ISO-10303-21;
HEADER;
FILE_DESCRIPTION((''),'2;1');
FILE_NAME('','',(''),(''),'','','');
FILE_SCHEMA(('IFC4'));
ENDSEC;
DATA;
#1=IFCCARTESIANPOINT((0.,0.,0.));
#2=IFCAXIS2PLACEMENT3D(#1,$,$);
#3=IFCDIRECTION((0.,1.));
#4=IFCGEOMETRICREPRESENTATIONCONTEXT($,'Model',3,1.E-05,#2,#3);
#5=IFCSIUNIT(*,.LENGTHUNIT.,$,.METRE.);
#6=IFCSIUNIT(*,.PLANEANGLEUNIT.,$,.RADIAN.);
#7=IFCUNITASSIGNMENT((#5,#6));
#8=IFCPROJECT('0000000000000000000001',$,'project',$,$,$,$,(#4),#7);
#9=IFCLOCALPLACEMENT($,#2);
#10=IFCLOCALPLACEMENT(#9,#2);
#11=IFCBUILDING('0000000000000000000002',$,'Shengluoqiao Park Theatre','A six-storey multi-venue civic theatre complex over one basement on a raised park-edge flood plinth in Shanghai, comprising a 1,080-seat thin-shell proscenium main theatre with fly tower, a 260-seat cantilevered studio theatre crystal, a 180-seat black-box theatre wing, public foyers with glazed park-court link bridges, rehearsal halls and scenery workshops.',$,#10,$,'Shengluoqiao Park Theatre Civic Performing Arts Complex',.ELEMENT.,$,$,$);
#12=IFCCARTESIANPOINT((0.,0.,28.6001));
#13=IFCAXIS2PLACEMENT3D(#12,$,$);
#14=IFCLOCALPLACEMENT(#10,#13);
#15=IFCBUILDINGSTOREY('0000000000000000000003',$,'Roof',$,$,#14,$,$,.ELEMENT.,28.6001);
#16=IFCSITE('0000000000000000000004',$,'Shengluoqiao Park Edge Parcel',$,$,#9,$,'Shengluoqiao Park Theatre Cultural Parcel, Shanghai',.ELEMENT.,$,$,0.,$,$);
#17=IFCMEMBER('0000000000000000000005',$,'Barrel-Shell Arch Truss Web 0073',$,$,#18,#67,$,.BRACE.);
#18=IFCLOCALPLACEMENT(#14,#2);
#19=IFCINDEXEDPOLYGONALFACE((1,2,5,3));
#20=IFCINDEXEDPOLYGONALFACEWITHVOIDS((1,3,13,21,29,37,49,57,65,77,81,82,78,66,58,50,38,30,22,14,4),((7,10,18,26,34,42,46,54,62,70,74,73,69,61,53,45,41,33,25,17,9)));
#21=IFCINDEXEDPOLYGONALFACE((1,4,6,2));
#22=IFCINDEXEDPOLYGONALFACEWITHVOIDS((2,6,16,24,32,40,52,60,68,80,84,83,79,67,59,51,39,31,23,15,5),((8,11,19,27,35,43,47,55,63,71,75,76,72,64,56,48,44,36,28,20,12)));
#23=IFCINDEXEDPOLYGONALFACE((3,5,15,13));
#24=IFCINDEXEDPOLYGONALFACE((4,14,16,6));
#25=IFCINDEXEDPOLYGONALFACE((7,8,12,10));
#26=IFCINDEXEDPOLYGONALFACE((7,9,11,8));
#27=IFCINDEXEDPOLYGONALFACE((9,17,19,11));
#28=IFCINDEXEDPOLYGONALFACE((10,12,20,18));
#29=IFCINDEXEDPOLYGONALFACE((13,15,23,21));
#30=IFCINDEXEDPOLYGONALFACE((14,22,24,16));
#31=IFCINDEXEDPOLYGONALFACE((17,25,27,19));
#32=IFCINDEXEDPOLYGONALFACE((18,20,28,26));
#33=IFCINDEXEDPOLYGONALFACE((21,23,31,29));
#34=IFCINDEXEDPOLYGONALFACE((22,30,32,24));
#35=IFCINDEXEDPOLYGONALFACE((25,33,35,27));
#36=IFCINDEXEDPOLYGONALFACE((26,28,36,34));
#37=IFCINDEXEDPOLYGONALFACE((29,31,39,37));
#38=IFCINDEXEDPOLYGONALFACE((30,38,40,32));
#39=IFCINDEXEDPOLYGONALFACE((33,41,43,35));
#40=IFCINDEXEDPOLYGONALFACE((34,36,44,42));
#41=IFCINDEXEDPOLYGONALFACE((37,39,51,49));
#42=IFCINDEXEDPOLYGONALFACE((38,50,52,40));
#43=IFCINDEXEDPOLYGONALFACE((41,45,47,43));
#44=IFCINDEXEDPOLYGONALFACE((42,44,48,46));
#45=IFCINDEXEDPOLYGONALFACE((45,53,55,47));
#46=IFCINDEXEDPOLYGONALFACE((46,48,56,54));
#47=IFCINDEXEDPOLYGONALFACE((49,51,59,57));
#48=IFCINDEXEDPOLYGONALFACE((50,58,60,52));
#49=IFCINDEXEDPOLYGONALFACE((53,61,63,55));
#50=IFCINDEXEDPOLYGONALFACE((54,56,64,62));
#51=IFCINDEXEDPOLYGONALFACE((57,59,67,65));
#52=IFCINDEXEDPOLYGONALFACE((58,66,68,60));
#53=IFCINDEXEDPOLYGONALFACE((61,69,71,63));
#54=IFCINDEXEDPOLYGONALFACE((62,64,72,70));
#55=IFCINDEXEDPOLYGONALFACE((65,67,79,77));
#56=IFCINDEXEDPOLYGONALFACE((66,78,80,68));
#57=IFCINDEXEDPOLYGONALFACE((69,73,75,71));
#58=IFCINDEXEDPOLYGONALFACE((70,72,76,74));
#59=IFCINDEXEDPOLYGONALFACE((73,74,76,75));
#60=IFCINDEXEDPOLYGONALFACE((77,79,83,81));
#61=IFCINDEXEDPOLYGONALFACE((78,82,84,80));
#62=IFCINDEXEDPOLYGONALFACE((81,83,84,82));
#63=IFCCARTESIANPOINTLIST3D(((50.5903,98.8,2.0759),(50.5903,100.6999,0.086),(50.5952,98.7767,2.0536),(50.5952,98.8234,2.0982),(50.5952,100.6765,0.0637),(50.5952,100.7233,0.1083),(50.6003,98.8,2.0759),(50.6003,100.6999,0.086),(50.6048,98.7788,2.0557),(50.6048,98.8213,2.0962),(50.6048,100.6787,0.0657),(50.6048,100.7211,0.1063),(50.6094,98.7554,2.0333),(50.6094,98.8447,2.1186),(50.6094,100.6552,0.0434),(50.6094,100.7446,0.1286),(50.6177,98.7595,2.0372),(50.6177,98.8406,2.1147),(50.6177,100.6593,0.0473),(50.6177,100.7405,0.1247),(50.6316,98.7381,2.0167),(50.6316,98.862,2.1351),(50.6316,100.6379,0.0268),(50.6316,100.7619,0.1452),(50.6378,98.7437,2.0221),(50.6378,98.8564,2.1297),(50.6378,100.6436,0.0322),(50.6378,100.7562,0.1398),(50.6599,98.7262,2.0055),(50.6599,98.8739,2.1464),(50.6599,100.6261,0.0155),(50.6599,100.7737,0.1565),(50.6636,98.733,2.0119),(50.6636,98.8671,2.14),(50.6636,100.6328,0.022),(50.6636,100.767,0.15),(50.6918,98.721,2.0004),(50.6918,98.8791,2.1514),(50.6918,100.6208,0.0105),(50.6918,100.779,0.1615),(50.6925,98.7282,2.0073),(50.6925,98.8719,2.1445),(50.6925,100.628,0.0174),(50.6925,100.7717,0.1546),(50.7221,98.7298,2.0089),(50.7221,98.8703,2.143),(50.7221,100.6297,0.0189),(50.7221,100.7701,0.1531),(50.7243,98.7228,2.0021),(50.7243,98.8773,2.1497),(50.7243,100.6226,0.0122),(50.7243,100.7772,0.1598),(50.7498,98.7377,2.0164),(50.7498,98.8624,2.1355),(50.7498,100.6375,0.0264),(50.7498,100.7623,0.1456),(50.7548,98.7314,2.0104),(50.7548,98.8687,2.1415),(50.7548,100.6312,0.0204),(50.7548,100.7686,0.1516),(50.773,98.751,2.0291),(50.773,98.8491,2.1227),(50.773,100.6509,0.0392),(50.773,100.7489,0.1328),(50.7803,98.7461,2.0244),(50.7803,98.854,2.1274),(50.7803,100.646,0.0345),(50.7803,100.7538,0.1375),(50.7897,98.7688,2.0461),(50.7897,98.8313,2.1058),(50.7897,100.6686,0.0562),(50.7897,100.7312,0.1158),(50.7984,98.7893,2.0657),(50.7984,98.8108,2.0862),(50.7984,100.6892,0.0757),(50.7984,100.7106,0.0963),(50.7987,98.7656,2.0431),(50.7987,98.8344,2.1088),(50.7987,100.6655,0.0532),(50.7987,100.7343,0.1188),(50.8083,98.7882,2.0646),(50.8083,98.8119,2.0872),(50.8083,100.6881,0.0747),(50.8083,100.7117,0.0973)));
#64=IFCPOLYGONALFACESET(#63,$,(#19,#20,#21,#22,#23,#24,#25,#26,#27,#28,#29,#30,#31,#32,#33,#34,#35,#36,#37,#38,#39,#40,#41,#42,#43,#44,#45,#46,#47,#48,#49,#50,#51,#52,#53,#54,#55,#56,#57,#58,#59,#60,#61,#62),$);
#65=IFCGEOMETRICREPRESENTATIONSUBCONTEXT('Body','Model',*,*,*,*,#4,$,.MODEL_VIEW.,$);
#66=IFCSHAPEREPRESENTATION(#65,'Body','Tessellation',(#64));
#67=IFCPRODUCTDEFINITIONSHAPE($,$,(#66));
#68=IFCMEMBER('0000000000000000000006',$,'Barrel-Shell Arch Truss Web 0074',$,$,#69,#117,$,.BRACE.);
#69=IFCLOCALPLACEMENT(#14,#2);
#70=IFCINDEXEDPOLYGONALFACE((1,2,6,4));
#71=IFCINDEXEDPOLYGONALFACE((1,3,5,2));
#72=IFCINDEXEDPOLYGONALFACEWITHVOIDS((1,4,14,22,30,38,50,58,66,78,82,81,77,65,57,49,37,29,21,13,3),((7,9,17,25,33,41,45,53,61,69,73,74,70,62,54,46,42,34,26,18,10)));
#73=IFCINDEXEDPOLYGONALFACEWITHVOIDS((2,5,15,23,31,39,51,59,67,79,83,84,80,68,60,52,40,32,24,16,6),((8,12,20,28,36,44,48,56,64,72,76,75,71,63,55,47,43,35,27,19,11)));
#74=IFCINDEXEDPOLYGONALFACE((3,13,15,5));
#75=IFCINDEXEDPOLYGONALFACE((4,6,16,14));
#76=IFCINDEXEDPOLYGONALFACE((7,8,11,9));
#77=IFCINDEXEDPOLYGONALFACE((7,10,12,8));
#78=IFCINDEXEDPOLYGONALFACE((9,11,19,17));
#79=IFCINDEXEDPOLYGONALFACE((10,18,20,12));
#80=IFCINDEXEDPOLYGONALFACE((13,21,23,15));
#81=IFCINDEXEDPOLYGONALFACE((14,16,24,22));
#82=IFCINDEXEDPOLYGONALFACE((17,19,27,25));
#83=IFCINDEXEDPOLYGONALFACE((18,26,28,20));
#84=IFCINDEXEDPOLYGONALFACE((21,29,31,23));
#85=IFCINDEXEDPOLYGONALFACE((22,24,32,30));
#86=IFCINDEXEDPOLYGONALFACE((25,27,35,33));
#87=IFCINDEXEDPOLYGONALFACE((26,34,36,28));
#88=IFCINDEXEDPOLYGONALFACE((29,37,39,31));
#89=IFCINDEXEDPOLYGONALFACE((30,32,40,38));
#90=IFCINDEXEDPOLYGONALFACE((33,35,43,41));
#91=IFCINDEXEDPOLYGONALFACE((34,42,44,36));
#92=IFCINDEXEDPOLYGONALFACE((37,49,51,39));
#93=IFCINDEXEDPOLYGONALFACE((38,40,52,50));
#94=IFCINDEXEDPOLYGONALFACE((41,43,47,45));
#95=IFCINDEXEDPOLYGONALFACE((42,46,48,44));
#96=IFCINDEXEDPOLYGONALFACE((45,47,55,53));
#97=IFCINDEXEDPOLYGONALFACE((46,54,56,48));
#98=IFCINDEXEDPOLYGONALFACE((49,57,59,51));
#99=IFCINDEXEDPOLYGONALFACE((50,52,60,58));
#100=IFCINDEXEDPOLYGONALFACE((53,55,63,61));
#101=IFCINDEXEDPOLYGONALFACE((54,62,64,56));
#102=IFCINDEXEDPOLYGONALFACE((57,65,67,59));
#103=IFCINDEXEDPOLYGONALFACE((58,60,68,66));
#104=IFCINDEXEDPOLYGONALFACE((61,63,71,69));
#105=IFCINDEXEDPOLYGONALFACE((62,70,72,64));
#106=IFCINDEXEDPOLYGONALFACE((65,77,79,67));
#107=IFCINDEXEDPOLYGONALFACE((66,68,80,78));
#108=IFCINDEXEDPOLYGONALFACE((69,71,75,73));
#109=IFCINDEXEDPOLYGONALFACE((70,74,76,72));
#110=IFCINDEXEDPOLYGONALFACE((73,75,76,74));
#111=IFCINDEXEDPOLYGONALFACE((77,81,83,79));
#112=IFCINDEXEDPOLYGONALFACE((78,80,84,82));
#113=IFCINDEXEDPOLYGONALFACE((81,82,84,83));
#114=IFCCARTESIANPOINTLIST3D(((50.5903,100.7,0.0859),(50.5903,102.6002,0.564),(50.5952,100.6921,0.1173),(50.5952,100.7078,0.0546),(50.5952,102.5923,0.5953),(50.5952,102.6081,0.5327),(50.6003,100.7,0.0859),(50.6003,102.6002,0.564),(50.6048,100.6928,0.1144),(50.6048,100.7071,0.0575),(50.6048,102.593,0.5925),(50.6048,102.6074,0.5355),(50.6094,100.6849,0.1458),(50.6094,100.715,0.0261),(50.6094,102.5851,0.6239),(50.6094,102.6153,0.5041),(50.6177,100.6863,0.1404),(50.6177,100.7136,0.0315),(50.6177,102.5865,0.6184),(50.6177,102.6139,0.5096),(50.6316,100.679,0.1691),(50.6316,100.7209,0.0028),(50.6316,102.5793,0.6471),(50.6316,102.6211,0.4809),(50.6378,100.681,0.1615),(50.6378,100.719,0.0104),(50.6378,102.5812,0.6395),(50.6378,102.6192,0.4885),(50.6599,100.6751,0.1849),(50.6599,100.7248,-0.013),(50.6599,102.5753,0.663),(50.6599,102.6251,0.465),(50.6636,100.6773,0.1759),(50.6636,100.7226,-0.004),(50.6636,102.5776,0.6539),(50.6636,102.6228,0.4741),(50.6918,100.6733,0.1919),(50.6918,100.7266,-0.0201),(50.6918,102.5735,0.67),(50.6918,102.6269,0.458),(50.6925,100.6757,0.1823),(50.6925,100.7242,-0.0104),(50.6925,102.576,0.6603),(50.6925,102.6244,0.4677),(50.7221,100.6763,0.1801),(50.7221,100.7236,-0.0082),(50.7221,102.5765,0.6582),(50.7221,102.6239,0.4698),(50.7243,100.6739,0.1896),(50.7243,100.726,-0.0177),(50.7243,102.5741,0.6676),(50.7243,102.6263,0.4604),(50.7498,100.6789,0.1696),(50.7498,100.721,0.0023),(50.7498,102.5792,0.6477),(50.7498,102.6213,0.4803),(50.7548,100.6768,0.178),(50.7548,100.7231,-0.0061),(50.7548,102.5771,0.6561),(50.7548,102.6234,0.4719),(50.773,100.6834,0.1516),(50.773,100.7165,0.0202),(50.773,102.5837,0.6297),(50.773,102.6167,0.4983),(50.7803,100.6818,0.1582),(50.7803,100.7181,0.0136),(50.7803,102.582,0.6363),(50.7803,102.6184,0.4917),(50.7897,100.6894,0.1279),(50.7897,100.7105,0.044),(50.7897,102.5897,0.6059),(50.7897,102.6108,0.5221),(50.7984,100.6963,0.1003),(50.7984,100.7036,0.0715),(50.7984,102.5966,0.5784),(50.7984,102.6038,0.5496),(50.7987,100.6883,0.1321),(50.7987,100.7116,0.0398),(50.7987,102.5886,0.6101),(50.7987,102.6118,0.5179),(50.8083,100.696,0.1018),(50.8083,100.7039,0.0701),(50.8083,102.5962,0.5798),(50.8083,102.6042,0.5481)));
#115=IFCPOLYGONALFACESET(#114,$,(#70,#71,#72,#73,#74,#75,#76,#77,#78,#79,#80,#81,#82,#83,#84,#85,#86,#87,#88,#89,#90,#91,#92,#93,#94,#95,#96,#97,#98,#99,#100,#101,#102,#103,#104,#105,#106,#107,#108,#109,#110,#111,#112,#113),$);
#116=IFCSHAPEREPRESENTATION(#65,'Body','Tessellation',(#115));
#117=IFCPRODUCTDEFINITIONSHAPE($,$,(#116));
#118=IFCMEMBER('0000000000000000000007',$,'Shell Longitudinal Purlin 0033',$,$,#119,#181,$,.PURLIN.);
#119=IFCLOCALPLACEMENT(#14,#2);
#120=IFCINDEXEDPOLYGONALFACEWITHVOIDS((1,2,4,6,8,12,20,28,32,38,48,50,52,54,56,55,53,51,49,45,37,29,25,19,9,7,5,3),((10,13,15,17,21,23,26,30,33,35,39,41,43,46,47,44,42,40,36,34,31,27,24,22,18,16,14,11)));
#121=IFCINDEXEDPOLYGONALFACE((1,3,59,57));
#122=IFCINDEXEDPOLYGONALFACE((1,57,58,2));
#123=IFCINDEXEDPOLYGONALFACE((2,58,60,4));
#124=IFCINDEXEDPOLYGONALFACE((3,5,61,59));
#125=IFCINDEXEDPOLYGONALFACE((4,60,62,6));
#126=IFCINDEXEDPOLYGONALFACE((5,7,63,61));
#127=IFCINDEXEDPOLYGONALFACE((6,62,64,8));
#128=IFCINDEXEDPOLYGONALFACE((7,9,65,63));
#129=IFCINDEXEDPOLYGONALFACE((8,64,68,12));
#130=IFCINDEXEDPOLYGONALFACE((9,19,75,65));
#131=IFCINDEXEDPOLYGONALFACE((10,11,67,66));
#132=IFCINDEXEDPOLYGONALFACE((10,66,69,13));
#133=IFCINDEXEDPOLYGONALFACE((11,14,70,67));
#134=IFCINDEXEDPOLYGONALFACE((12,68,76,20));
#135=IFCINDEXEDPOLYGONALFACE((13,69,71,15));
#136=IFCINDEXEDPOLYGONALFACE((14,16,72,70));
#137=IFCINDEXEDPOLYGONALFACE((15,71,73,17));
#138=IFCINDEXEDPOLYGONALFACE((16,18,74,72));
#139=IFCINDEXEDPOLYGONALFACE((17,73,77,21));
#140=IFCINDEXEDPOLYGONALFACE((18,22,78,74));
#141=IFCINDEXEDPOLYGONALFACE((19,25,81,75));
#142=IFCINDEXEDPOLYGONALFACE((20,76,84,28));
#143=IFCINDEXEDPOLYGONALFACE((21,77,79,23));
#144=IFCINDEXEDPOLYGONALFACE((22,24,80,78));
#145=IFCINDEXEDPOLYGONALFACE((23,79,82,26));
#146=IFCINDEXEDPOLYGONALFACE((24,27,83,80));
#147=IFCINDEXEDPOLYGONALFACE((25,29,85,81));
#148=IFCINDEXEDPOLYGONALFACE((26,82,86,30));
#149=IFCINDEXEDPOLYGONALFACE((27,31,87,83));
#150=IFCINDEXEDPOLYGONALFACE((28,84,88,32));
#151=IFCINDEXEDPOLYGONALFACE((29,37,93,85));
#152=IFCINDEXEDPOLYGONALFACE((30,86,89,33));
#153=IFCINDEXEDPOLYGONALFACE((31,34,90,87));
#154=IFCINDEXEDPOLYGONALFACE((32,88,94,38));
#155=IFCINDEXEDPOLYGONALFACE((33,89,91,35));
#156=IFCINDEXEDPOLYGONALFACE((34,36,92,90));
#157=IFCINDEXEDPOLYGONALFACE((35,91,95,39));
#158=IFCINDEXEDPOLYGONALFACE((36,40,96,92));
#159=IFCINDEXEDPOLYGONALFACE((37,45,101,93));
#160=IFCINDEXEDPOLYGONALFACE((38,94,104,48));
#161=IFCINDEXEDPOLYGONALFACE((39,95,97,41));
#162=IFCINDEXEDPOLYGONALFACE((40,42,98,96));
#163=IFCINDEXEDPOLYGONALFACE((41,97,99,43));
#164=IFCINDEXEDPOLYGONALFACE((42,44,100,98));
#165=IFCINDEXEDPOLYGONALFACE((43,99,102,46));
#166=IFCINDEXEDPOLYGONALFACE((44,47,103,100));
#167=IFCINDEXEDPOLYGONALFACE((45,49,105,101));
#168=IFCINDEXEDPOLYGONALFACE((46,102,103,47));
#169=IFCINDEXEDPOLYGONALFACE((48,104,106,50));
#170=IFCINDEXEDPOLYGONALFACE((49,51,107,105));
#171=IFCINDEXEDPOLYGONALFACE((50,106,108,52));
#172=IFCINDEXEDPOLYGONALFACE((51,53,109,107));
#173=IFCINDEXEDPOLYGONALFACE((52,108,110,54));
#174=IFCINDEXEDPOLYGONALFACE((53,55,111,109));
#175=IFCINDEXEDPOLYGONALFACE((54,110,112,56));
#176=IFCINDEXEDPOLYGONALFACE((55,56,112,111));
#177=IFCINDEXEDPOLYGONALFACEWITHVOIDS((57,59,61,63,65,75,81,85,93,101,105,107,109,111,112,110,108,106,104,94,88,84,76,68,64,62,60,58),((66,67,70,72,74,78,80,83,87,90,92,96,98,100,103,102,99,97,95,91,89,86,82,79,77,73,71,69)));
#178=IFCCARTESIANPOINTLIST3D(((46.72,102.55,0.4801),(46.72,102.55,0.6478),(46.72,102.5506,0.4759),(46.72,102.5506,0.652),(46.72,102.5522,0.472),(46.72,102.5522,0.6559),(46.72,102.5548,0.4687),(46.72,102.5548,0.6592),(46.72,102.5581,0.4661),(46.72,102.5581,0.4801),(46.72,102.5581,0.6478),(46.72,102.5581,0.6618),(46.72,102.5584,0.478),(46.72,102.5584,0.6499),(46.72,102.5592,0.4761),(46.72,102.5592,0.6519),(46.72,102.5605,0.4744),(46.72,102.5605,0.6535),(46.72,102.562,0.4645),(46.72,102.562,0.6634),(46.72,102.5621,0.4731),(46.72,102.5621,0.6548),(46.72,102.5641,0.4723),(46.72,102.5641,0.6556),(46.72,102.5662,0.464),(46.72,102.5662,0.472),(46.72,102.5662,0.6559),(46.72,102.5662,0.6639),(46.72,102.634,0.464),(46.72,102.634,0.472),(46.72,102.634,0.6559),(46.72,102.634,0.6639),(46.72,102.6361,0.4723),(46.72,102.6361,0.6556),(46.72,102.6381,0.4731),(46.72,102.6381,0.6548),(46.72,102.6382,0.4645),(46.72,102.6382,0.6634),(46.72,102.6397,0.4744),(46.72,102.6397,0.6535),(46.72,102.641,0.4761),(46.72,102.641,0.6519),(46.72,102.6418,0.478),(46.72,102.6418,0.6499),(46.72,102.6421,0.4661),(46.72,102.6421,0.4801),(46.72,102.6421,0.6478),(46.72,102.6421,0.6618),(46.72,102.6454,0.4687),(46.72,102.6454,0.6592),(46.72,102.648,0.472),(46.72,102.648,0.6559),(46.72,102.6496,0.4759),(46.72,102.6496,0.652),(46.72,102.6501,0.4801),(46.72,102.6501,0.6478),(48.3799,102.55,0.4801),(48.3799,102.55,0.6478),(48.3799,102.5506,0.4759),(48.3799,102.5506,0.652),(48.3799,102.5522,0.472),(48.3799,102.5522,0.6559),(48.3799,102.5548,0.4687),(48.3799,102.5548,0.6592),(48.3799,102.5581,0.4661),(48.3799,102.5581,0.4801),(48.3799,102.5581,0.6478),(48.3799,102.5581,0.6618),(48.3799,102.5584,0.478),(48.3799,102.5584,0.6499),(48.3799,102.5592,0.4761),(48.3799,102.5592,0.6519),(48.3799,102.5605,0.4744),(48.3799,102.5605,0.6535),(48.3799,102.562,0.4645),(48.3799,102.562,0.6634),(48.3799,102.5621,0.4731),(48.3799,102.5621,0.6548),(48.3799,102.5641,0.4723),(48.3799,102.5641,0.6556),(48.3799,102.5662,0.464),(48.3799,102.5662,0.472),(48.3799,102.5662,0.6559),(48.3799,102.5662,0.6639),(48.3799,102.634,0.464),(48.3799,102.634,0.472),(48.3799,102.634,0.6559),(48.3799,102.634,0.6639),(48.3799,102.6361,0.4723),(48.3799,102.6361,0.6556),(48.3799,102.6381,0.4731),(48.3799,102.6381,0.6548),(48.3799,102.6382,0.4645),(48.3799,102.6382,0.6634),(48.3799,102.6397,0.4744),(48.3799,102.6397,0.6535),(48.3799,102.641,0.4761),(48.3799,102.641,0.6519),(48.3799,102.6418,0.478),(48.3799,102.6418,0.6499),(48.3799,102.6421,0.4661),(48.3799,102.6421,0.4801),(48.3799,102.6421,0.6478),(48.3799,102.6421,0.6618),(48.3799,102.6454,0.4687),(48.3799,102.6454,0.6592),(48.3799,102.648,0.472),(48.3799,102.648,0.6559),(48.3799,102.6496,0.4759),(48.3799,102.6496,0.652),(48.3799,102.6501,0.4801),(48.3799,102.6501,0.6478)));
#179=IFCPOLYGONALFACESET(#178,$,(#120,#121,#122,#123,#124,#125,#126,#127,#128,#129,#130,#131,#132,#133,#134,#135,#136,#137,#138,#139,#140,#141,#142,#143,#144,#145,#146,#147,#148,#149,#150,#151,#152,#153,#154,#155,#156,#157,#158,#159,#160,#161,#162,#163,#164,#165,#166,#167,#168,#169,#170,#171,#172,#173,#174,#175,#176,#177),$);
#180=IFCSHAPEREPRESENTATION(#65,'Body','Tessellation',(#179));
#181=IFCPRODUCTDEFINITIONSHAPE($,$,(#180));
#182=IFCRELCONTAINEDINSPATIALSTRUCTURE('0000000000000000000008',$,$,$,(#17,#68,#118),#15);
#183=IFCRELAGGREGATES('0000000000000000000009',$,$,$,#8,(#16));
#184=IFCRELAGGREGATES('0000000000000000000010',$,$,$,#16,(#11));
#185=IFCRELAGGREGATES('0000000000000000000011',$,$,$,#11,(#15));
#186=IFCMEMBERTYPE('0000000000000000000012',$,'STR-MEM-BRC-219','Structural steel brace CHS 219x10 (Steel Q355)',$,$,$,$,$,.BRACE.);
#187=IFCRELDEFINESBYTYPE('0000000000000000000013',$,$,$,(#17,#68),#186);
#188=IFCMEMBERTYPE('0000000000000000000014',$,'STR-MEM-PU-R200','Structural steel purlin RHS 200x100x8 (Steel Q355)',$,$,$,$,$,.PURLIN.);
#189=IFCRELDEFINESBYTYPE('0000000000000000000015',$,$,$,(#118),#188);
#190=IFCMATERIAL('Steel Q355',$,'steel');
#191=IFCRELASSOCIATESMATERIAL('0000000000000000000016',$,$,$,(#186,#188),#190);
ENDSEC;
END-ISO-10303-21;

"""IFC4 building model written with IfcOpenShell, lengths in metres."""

from ifc_helpers import new_model, si_unit, direction, frame, origin, origin_2d, place, context, subcontext, project, spatial, hollow_rectangle, hollow_circle, extrude, material, material_profile, profile_set, type_object, element, save


model = new_model("IFC4")

# Units and contexts
model_context = context("Model", 3, precision=1e-05, world=origin(), true_north=direction((0.0, 1.0)))
body_context = subcontext(model_context, "Body", "Model", "MODEL_VIEW")
ifc_project = project(units=[si_unit("LENGTHUNIT", "METRE"), si_unit("PLANEANGLEUNIT", "RADIAN")], contexts=[model_context])

# Site, building, storey
site_placement = place(None, origin())
site = spatial("IfcSite", under=ifc_project, at=site_placement, Name="Shengluoqiao Park Edge Parcel", LongName="Shengluoqiao Park Theatre Cultural Parcel, Shanghai", CompositionType="ELEMENT", RefElevation=0.0)
building_placement = place(site_placement, origin())
building = spatial("IfcBuilding", under=site, at=building_placement, Name="Shengluoqiao Park Theatre", Description="A six-storey multi-venue civic theatre complex over one basement on a raised park-edge flood plinth in Shanghai, comprising a 1,080-seat thin-shell proscenium main theatre with fly tower, a 260-seat cantilevered studio theatre crystal, a 180-seat black-box theatre wing, public foyers with glazed park-court link bridges, rehearsal halls and scenery workshops.", LongName="Shengluoqiao Park Theatre Civic Performing Arts Complex", CompositionType="ELEMENT")
storey_placement = place(building_placement, frame((0.0, 0.0, 28.6001)))
storey = spatial("IfcBuildingStorey", under=building, at=storey_placement, Name="Roof", CompositionType="ELEMENT", Elevation=28.6001)

# Shared definitions
ifc_material_1 = material(Name="Steel Q355", Category="steel")

# Members
ifc_material_profile_1 = material_profile(ifc_material_1, hollow_circle(Radius=0.1096, WallThickness=0.01, at=origin_2d()), Name="CHS 219x10")
ifc_profile_set_1 = profile_set([ifc_material_profile_1], Name="Steel Q355")
member_type_1 = type_object("IfcMemberType", Name="STR-MEM-BRC-219", Description="Structural steel brace CHS 219x10 (Steel Q355)", PredefinedType="BRACE", material=ifc_profile_set_1)
member_1_placement = place(storey_placement, frame((50.7, 98.8, 2.0759), z_axis=(0.0, 0.690545, -0.723289), x_axis=(-1.0, 0.0, 0.0)))
element("IfcMember", 1, at=member_1_placement, inside=storey, type_object=member_type_1, Name="Barrel-Shell Arch Truss Web 0073", PredefinedType="BRACE", context=body_context, shape_type="SweptSolid", body=[
    extrude(hollow_circle(Radius=0.1096, WallThickness=0.01, at=origin_2d()), origin(), (0.0, 0.0, 1.0), 2.7512),
])
member_2_placement = place(storey_placement, frame((50.7, 100.7, 0.0859), z_axis=(0.0, 0.969782, 0.243972), x_axis=(-1.0, 0.0, 0.0)))
element("IfcMember", 2, at=member_2_placement, inside=storey, type_object=member_type_1, Name="Barrel-Shell Arch Truss Web 0074", PredefinedType="BRACE", context=body_context, shape_type="SweptSolid", body=[
    extrude(hollow_circle(Radius=0.1096, WallThickness=0.01, at=origin_2d()), origin(), (0.0, 0.0, 1.0), 1.9595),
])
ifc_material_profile_2 = material_profile(ifc_material_1, hollow_rectangle(XDim=0.1001, YDim=0.2, WallThickness=0.0081, InnerFilletRadius=0.0081, OuterFilletRadius=0.0161, at=origin_2d()), Name="RHS 200x100x8")
ifc_profile_set_2 = profile_set([ifc_material_profile_2], Name="Steel Q355")
member_type_2 = type_object("IfcMemberType", Name="STR-MEM-PU-R200", Description="Structural steel purlin RHS 200x100x8 (Steel Q355)", PredefinedType="PURLIN", material=ifc_profile_set_2)
for number, where, z_axis, x_axis, name in (
    (3, (46.72, 102.6001, 0.564), (1.0, 0.0, 0.0), (0.0, 1.0, 0.0), "Shell Longitudinal Purlin 0033"),
):
    element("IfcMember", number, at=place(storey_placement, frame(where, z_axis=z_axis, x_axis=x_axis)), inside=storey, type_object=member_type_2, Name=name, PredefinedType="PURLIN", context=body_context, shape_type="SweptSolid", body=[
        extrude(hollow_rectangle(XDim=0.1001, YDim=0.2, WallThickness=0.0081, InnerFilletRadius=0.0081, OuterFilletRadius=0.0161, at=origin_2d()), origin(), (0.0, 0.0, 1.0), 1.6599),
    ])

save(model, "model.ifc")
